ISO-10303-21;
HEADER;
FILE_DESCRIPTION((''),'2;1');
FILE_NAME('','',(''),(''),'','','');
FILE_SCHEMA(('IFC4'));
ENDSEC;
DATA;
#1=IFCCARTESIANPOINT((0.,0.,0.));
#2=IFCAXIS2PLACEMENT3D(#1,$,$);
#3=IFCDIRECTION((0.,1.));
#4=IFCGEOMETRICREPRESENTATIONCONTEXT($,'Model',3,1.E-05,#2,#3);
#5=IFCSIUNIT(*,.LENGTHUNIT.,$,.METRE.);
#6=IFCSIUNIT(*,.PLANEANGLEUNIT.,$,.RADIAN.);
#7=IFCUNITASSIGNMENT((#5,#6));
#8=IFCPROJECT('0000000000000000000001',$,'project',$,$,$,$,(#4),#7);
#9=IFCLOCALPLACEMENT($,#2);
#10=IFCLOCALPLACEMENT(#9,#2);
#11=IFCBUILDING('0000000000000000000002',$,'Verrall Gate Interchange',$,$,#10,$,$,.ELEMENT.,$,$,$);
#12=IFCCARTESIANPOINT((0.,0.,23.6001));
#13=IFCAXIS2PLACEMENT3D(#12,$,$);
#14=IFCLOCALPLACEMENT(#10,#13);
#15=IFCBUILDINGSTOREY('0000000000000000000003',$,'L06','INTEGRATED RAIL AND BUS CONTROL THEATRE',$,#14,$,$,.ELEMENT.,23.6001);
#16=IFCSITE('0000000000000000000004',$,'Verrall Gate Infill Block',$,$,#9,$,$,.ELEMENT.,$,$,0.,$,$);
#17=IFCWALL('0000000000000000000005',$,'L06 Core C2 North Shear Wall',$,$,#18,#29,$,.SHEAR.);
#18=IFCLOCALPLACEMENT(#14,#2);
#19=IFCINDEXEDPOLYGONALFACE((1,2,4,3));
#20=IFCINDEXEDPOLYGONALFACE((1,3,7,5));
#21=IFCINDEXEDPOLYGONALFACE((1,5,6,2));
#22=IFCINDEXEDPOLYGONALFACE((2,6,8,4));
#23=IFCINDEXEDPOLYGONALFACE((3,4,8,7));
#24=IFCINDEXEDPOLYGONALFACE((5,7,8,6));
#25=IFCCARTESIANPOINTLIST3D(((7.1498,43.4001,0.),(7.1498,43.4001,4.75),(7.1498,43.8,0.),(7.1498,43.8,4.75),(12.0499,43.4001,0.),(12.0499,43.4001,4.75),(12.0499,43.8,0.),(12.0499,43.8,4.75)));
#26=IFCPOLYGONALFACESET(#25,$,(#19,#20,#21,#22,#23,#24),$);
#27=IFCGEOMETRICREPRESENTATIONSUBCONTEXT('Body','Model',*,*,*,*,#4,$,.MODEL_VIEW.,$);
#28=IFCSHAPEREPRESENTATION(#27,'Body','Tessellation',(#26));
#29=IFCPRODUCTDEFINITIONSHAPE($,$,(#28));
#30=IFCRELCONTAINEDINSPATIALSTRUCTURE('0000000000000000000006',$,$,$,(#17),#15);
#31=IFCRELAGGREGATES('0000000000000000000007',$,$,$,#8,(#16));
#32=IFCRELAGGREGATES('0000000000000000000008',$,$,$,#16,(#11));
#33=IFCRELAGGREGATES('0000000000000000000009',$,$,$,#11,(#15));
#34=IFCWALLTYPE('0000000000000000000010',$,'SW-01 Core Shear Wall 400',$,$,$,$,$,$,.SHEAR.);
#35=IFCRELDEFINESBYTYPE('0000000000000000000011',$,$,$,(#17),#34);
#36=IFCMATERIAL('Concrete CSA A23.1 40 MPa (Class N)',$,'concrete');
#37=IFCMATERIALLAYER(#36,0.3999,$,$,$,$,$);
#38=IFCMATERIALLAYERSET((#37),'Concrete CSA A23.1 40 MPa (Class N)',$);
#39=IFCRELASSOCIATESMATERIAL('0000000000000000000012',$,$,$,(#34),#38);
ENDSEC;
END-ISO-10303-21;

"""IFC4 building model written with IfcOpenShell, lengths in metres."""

from ifc_helpers import new_model, si_unit, direction, frame, frame_2d, origin, place, context, subcontext, project, spatial, rectangle, extrude, material, layer, layer_set, type_object, element, save


model = new_model("IFC4")

# Units and contexts
model_context = context("Model", 3, precision=1e-05, world=origin(), true_north=direction((0.0, 1.0)))
body_context = subcontext(model_context, "Body", "Model", "MODEL_VIEW")
ifc_project = project(units=[si_unit("LENGTHUNIT", "METRE"), si_unit("PLANEANGLEUNIT", "RADIAN")], contexts=[model_context])

# Site, building, storey
site_placement = place(None, origin())
site = spatial("IfcSite", under=ifc_project, at=site_placement, Name="Verrall Gate Infill Block", CompositionType="ELEMENT", RefElevation=0.0)
building_placement = place(site_placement, origin())
building = spatial("IfcBuilding", under=site, at=building_placement, Name="Verrall Gate Interchange", CompositionType="ELEMENT")
storey_placement = place(building_placement, frame((0.0, 0.0, 23.6001)))
storey = spatial("IfcBuildingStorey", under=building, at=storey_placement, Name="L06", Description="INTEGRATED RAIL AND BUS CONTROL THEATRE", CompositionType="ELEMENT", Elevation=23.6001)

# Wall
ifc_material_1 = material(Name="Concrete CSA A23.1 40 MPa (Class N)", Category="concrete")
ifc_layer_1 = layer(ifc_material_1, 0.3999)
ifc_layer_set_1 = layer_set([ifc_layer_1], Name="Concrete CSA A23.1 40 MPa (Class N)")
wall_type_1 = type_object("IfcWallType", Name="SW-01 Core Shear Wall 400", PredefinedType="SHEAR", material=ifc_layer_set_1)
wall_1_placement = place(storey_placement, frame((12.05, 43.6001, 0.0), z_axis=(0.0, 0.0, 1.0), x_axis=(-1.0, 0.0, 0.0)))
element("IfcWall", 1, at=wall_1_placement, inside=storey, type_object=wall_type_1, Name="L06 Core C2 North Shear Wall", PredefinedType="SHEAR", context=body_context, shape_type="SweptSolid", body=[
    extrude(rectangle(XDim=4.9001, YDim=0.3999, at=frame_2d((2.4502, 0.0))), origin(), (0.0, 0.0, 1.0), 4.75),
])

save(model, "model.ifc")
